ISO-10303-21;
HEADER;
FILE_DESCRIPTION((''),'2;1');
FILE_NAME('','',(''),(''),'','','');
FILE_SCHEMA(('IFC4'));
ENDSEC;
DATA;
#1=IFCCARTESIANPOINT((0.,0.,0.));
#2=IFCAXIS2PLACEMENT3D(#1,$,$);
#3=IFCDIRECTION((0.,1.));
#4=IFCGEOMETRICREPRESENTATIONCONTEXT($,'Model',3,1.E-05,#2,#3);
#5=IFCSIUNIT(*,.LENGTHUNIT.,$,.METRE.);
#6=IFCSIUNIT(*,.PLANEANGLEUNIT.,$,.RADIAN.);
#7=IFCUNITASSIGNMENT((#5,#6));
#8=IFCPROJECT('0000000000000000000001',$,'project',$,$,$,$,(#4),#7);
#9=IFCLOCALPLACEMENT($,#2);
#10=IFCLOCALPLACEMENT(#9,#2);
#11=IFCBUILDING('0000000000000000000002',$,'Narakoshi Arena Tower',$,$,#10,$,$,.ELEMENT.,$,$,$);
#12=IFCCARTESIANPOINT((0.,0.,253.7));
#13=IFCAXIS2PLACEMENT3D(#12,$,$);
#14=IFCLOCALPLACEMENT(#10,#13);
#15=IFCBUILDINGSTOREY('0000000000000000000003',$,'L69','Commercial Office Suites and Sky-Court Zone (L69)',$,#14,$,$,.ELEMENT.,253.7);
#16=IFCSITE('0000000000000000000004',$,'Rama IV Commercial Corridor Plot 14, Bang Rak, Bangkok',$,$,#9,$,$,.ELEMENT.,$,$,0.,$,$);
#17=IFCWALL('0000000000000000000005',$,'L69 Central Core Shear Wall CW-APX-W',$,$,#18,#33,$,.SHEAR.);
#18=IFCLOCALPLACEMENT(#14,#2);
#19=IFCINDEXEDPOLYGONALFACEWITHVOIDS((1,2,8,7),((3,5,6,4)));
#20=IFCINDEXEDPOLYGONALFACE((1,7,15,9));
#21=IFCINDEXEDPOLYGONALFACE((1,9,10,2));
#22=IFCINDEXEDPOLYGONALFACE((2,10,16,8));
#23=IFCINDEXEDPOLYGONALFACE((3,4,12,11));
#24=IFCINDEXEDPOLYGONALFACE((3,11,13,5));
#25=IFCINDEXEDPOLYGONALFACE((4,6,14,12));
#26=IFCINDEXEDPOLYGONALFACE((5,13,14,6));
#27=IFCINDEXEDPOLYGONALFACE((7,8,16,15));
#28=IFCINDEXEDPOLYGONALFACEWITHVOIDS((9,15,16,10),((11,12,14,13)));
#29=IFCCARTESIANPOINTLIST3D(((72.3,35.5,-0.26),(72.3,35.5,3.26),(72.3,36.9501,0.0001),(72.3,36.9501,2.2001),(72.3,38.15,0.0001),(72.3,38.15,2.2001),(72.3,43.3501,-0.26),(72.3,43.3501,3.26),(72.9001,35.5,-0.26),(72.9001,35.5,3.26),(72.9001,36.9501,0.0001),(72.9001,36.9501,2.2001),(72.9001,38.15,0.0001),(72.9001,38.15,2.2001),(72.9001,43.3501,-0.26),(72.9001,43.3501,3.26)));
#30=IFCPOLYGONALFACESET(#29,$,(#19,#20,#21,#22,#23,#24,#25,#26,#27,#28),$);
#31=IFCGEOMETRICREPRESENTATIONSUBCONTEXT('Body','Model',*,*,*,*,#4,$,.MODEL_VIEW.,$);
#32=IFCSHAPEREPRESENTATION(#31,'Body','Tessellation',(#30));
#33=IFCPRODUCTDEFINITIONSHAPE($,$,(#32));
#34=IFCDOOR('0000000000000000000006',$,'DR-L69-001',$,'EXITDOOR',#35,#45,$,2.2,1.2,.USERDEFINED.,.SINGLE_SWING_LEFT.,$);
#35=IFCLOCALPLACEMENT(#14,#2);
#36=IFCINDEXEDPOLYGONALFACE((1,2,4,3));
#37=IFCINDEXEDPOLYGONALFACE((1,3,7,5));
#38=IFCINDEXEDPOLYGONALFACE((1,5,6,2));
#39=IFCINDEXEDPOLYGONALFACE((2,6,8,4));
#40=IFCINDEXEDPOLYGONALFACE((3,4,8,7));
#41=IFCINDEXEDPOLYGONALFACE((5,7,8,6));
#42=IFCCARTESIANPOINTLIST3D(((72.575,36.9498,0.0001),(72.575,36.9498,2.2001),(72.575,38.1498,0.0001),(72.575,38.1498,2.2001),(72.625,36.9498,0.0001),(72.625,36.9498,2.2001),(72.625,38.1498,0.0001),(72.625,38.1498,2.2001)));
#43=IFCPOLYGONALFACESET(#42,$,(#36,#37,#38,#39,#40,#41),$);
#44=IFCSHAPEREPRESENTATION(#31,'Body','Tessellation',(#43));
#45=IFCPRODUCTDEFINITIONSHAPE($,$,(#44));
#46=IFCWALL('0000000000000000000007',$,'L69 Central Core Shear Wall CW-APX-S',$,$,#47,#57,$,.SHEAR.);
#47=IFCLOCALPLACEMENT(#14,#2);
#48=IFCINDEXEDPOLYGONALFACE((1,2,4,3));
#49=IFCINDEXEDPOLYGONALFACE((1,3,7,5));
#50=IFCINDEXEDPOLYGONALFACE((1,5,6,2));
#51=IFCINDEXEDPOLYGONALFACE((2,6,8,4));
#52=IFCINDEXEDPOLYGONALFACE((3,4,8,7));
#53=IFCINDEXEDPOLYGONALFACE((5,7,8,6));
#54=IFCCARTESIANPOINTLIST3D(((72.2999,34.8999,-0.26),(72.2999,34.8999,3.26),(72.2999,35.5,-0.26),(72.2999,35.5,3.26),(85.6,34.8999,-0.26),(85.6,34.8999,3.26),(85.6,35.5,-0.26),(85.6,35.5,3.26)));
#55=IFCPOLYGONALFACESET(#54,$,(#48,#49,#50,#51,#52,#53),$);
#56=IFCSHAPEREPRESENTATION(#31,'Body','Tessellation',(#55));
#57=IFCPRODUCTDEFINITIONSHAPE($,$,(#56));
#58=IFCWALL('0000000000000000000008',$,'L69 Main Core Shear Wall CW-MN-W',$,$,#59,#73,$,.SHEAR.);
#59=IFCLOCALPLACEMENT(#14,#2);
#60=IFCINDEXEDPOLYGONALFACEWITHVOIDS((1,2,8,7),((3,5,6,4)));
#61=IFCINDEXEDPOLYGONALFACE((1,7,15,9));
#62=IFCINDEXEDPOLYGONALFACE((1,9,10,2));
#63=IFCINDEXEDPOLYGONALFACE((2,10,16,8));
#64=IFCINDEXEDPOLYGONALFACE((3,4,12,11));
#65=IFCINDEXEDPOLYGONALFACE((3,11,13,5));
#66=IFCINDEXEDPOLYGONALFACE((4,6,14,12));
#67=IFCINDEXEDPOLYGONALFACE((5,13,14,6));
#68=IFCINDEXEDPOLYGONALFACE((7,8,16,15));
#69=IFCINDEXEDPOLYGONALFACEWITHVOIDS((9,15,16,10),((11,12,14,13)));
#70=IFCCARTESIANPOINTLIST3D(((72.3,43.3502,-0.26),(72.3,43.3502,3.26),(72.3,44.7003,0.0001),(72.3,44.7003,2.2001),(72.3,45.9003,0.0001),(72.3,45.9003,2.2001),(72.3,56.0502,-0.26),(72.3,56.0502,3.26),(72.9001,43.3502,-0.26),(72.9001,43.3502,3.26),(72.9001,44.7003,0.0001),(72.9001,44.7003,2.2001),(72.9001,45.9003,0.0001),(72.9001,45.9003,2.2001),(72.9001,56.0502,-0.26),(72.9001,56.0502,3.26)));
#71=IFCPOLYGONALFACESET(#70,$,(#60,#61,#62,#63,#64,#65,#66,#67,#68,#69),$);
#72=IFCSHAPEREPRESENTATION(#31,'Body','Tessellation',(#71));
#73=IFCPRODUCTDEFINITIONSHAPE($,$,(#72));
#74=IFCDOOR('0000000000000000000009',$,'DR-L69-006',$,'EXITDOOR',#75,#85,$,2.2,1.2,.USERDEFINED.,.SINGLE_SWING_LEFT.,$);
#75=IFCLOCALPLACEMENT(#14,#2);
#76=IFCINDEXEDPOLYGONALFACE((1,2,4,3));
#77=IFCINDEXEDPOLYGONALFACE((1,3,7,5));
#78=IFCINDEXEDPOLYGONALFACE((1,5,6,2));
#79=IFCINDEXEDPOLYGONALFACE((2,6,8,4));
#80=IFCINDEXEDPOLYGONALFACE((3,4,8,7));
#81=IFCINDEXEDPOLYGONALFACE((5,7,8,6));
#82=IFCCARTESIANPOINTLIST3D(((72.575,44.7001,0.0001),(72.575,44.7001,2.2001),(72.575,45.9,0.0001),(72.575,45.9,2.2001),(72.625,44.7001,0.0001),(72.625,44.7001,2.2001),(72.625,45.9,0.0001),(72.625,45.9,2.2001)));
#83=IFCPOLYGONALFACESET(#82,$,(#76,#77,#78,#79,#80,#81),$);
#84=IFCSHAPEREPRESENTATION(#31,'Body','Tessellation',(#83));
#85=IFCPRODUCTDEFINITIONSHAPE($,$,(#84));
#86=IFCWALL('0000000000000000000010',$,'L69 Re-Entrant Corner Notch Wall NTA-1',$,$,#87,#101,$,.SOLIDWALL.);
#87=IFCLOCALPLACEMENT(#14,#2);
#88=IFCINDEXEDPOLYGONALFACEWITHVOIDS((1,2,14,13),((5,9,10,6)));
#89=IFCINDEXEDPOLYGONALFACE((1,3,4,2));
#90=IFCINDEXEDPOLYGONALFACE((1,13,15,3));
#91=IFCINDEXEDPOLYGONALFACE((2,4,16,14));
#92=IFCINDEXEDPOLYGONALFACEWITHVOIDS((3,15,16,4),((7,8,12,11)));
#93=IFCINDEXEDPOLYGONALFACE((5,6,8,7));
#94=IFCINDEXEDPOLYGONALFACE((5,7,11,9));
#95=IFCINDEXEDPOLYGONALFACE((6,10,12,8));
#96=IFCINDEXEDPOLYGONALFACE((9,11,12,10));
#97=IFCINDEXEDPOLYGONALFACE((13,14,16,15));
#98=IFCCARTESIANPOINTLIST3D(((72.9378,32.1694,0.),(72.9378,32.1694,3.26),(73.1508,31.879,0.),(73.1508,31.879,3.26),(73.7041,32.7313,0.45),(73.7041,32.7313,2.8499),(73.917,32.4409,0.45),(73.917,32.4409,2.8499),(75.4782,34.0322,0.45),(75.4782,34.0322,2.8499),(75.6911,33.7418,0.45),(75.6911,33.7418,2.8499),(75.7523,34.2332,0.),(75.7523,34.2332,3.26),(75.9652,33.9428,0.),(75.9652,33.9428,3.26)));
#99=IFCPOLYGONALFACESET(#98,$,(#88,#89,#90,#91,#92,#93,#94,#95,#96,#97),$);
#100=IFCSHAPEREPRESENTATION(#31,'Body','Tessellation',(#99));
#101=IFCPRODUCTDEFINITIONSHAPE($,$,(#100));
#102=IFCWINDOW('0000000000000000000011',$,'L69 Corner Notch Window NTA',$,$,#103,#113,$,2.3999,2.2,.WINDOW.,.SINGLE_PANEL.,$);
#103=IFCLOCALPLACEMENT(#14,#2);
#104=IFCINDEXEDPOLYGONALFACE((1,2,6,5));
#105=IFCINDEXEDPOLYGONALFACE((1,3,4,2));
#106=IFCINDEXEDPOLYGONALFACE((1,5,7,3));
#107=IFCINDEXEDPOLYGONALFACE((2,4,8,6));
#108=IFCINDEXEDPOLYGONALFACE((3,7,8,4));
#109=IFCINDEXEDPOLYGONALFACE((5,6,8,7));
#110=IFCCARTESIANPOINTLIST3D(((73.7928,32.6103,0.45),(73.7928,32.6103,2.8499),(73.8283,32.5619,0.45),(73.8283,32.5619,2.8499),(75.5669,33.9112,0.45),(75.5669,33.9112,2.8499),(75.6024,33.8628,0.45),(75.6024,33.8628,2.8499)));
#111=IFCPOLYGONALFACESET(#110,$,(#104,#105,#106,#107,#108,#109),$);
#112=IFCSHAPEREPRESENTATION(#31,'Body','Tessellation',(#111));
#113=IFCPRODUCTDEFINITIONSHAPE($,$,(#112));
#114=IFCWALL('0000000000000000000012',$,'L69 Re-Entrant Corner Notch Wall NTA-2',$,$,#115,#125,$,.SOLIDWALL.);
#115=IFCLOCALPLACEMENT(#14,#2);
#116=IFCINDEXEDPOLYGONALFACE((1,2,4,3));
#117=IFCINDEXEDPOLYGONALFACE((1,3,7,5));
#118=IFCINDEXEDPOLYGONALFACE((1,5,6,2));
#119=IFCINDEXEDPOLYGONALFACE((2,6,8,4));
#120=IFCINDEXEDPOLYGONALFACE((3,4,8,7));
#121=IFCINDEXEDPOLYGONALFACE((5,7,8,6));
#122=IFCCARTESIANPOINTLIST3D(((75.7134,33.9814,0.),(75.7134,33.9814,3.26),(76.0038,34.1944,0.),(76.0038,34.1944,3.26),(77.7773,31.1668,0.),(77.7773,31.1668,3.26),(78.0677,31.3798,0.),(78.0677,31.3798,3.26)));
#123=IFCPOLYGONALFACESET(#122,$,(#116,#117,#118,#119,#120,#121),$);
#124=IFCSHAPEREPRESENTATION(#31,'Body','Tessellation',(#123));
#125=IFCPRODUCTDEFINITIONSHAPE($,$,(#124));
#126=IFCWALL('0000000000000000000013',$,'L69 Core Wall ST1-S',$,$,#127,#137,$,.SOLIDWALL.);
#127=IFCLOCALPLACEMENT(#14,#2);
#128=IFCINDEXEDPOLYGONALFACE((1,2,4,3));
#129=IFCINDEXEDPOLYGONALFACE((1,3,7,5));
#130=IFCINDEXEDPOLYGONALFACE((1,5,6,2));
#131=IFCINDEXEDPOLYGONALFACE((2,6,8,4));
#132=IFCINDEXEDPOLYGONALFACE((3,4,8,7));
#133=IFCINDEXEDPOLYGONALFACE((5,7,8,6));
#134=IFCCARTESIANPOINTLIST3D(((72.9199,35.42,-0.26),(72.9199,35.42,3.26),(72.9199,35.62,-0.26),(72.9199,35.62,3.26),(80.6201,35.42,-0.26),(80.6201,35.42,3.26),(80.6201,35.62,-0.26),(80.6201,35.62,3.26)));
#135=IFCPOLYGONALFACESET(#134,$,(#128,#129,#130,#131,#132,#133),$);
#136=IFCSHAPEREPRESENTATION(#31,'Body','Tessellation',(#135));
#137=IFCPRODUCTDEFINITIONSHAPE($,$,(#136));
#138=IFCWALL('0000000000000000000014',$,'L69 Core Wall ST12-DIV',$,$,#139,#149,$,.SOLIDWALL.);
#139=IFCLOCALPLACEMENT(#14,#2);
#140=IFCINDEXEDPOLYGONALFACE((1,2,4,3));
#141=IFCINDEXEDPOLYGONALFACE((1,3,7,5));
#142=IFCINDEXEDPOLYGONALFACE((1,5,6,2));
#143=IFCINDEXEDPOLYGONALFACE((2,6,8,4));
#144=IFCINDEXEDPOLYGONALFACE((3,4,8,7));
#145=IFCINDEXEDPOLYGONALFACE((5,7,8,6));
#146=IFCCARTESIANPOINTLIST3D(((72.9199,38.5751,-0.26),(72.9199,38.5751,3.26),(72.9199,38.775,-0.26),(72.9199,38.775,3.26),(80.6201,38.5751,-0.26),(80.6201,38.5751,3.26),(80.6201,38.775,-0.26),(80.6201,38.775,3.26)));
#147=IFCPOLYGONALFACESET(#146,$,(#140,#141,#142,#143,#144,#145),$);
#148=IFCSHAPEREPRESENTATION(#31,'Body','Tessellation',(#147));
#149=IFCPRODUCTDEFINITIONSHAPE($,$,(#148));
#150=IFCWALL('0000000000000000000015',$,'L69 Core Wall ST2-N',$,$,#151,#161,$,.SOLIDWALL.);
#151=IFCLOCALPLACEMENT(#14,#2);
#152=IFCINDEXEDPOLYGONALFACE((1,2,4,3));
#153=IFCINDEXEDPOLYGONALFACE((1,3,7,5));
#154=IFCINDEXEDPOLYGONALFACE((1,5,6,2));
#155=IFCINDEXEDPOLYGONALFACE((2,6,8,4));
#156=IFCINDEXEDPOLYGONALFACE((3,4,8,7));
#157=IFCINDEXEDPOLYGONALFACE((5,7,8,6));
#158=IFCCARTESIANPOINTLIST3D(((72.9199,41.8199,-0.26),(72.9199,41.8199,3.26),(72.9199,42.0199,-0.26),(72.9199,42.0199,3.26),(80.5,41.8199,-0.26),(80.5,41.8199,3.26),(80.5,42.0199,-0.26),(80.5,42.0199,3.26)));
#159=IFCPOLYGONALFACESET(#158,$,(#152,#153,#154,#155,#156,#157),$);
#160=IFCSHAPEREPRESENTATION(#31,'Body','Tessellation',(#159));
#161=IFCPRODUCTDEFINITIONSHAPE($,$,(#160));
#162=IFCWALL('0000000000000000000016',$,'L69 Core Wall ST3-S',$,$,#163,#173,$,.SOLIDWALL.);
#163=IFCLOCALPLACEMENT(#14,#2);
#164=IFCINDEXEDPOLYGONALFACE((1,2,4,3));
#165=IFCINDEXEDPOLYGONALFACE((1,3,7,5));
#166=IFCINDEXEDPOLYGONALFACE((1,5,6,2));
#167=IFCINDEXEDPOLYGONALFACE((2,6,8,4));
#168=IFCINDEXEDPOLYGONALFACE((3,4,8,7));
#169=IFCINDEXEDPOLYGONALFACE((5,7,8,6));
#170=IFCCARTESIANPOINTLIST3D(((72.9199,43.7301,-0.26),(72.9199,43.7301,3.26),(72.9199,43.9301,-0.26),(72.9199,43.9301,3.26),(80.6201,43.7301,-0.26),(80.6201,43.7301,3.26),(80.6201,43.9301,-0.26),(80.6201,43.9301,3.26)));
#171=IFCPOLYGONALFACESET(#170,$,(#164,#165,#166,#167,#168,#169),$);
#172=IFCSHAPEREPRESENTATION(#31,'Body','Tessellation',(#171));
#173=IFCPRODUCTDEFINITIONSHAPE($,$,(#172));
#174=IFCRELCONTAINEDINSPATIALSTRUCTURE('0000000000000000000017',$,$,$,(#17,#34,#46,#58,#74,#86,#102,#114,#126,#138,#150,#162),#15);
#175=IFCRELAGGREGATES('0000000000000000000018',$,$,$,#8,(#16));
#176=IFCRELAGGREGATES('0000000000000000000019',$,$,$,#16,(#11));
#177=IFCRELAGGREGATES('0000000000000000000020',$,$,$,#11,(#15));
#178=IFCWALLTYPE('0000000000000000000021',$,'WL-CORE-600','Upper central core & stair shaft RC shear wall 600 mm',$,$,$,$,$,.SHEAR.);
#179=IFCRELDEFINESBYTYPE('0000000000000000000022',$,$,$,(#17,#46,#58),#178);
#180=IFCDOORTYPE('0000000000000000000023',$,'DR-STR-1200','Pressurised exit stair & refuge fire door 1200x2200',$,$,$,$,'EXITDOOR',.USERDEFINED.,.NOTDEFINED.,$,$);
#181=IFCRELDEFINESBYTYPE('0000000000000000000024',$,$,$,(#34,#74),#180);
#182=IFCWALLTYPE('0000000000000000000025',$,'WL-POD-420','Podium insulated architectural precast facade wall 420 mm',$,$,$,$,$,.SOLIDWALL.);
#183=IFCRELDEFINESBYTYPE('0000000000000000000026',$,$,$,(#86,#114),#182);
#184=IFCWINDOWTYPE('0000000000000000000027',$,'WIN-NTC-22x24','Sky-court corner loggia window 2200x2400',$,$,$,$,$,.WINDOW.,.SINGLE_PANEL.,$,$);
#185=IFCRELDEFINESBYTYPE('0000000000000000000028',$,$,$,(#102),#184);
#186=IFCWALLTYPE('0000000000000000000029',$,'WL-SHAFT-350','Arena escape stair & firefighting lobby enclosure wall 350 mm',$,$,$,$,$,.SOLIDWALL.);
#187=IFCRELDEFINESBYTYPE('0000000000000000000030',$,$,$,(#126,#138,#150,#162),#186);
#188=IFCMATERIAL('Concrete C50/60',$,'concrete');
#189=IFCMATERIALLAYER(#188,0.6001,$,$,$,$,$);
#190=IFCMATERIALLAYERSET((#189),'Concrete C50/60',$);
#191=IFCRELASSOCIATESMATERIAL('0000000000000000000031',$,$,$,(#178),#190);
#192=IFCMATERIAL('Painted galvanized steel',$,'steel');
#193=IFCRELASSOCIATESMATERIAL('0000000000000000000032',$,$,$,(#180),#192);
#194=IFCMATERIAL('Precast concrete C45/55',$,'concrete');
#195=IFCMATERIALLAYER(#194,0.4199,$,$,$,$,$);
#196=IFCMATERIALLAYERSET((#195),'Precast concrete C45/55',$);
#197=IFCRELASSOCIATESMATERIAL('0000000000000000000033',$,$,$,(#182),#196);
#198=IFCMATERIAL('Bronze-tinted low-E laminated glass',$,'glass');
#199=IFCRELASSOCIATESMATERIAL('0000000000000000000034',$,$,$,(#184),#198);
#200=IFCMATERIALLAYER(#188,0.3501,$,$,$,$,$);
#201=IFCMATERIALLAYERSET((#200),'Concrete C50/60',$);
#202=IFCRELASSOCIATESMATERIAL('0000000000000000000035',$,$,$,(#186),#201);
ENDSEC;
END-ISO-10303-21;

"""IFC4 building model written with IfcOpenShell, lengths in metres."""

from ifc_helpers import new_model, si_unit, direction, frame, frame_2d, origin, place, context, subcontext, project, spatial, rectangle, extrude, material, layer, layer_set, type_object, element, fill, save


model = new_model("IFC4")

# Units and contexts
model_context = context("Model", 3, precision=1e-05, world=origin(), true_north=direction((0.0, 1.0)))
body_context = subcontext(model_context, "Body", "Model", "MODEL_VIEW")
ifc_project = project(units=[si_unit("LENGTHUNIT", "METRE"), si_unit("PLANEANGLEUNIT", "RADIAN")], contexts=[model_context])

# Site, building, storey
site_placement = place(None, origin())
site = spatial("IfcSite", under=ifc_project, at=site_placement, Name="Rama IV Commercial Corridor Plot 14, Bang Rak, Bangkok", CompositionType="ELEMENT", RefElevation=0.0)
building_placement = place(site_placement, origin())
building = spatial("IfcBuilding", under=site, at=building_placement, Name="Narakoshi Arena Tower", CompositionType="ELEMENT")
storey_placement = place(building_placement, frame((0.0, 0.0, 253.7)))
storey = spatial("IfcBuildingStorey", under=building, at=storey_placement, Name="L69", Description="Commercial Office Suites and Sky-Court Zone (L69)", CompositionType="ELEMENT", Elevation=253.7)

# Wall, opening, door
ifc_material_1 = material(Name="Concrete C50/60", Category="concrete")
ifc_layer_1 = layer(ifc_material_1, 0.6001)
ifc_layer_set_1 = layer_set([ifc_layer_1], Name="Concrete C50/60")
wall_type_1 = type_object("IfcWallType", Name="WL-CORE-600", Description="Upper central core & stair shaft RC shear wall 600 mm", PredefinedType="SHEAR", material=ifc_layer_set_1)
wall_1_placement = place(storey_placement, frame((72.6001, 35.5, -0.26), z_axis=(0.0, 0.0, 1.0), x_axis=(0.0, 1.0, 0.0)))
wall_1 = element("IfcWall", 1, at=wall_1_placement, inside=storey, type_object=wall_type_1, Name="L69 Central Core Shear Wall CW-APX-W", PredefinedType="SHEAR", context=body_context, shape_type="SweptSolid", body=[
    extrude(rectangle(XDim=7.8501, YDim=0.6001, at=frame_2d((3.925, 0.0))), origin(), (0.0, 0.0, 1.0), 3.52),
])
opening_1_placement = place(wall_1_placement, frame((1.45, 0.0, 0.26)))
opening_1 = element("IfcOpeningElement", 2, at=opening_1_placement, cuts=wall_1, PredefinedType="OPENING", context=body_context, shape_type="SweptSolid", body=[
    extrude(rectangle(XDim=1.2, YDim=2.2, at=frame_2d((0.6001, 1.1001))), frame((0.0, 0.3101, 0.0), z_axis=(0.0, -1.0, 0.0), x_axis=(1.0, 0.0, 0.0)), (0.0, 0.0, 1.0), 0.6201),
])
ifc_material_2 = material(Name="Painted galvanized steel", Category="steel")
door_type = type_object("IfcDoorType", Name="DR-STR-1200", Description="Pressurised exit stair & refuge fire door 1200x2200", ElementType="EXITDOOR", OperationType="NOTDEFINED", PredefinedType="USERDEFINED", material=ifc_material_2)
door_1_placement = place(opening_1_placement, frame((1.2, 0.0, 0.0), z_axis=(0.0, 0.0, 1.0), x_axis=(-1.0, 0.0, 0.0)))
door_1 = element("IfcDoor", 3, at=door_1_placement, inside=storey, type_object=door_type, Name="DR-L69-001", ObjectType="EXITDOOR", OperationType="SINGLE_SWING_LEFT", OverallHeight=2.2, OverallWidth=1.2, PredefinedType="USERDEFINED", context=body_context, shape_type="SweptSolid", body=[
    extrude(rectangle(XDim=1.2, YDim=2.2, at=frame_2d((0.6001, 1.1001))), frame((0.0, 0.0249, 0.0), z_axis=(0.0, -1.0, 0.0), x_axis=(1.0, 0.0, 0.0)), (0.0, 0.0, 1.0), 0.05),
])
fill(opening_1, door_1)

# Wall
wall_2_placement = place(storey_placement, frame((72.3, 35.2, -0.26), z_axis=(0.0, 0.0, 1.0), x_axis=(1.0, 0.0, 0.0)))
element("IfcWall", 4, at=wall_2_placement, inside=storey, type_object=wall_type_1, Name="L69 Central Core Shear Wall CW-APX-S", PredefinedType="SHEAR", context=body_context, shape_type="SweptSolid", body=[
    extrude(rectangle(XDim=13.3, YDim=0.6001, at=frame_2d((6.6499, 0.0))), origin(), (0.0, 0.0, 1.0), 3.52),
])

# Wall, opening, door
wall_3_placement = place(storey_placement, frame((72.6001, 43.3501, -0.26), z_axis=(0.0, 0.0, 1.0), x_axis=(0.0, 1.0, 0.0)))
wall_3 = element("IfcWall", 5, at=wall_3_placement, inside=storey, type_object=wall_type_1, Name="L69 Main Core Shear Wall CW-MN-W", PredefinedType="SHEAR", context=body_context, shape_type="SweptSolid", body=[
    extrude(rectangle(XDim=12.7, YDim=0.6001, at=frame_2d((6.3501, 0.0))), origin(), (0.0, 0.0, 1.0), 3.52),
])
opening_2_placement = place(wall_3_placement, frame((1.3501, 0.0, 0.26)))
opening_2 = element("IfcOpeningElement", 6, at=opening_2_placement, cuts=wall_3, PredefinedType="OPENING", context=body_context, shape_type="SweptSolid", body=[
    extrude(rectangle(XDim=1.2, YDim=2.2, at=frame_2d((0.6001, 1.1001))), frame((0.0, 0.3101, 0.0), z_axis=(0.0, -1.0, 0.0), x_axis=(1.0, 0.0, 0.0)), (0.0, 0.0, 1.0), 0.6201),
])
door_2_placement = place(opening_2_placement, frame((1.2, 0.0, 0.0), z_axis=(0.0, 0.0, 1.0), x_axis=(-1.0, 0.0, 0.0)))
door_2 = element("IfcDoor", 7, at=door_2_placement, inside=storey, type_object=door_type, Name="DR-L69-006", ObjectType="EXITDOOR", OperationType="SINGLE_SWING_LEFT", OverallHeight=2.2, OverallWidth=1.2, PredefinedType="USERDEFINED", context=body_context, shape_type="SweptSolid", body=[
    extrude(rectangle(XDim=1.2, YDim=2.2, at=frame_2d((0.6001, 1.1001))), frame((0.0, 0.0249, 0.0), z_axis=(0.0, -1.0, 0.0), x_axis=(1.0, 0.0, 0.0)), (0.0, 0.0, 1.0), 0.05),
])
fill(opening_2, door_2)

# Wall, opening, window
ifc_material_3 = material(Name="Precast concrete C45/55", Category="concrete")
ifc_layer_2 = layer(ifc_material_3, 0.4199)
ifc_layer_set_2 = layer_set([ifc_layer_2], Name="Precast concrete C45/55")
wall_type_2 = type_object("IfcWallType", Name="WL-POD-420", Description="Podium insulated architectural precast facade wall 420 mm", PredefinedType="SOLIDWALL", material=ifc_layer_set_2)
wall_4_placement = place(storey_placement, frame((73.0442, 32.0242, 0.0), z_axis=(0.0, 0.0, 1.0), x_axis=(0.806434, 0.591324, 0.0)))
wall_4 = element("IfcWall", 8, at=wall_4_placement, inside=storey, type_object=wall_type_2, Name="L69 Re-Entrant Corner Notch Wall NTA-1", PredefinedType="SOLIDWALL", context=body_context, shape_type="SweptSolid", body=[
    extrude(rectangle(XDim=3.49, YDim=0.3601, at=frame_2d((1.7451, 0.0))), origin(), (0.0, 0.0, 1.0), 3.26),
])
opening_3_placement = place(wall_4_placement, frame((0.9502, 0.0, 0.45)))
opening_3 = element("IfcOpeningElement", 9, at=opening_3_placement, cuts=wall_4, PredefinedType="OPENING", context=body_context, shape_type="SweptSolid", body=[
    extrude(rectangle(XDim=2.2, YDim=2.3999, at=frame_2d((1.1001, 1.2))), frame((0.0, 0.1899, 0.0), z_axis=(0.0, -1.0, 0.0), x_axis=(1.0, 0.0, 0.0)), (0.0, 0.0, 1.0), 0.3801),
])
ifc_material_4 = material(Name="Bronze-tinted low-E laminated glass", Category="glass")
window_type = type_object("IfcWindowType", Name="WIN-NTC-22x24", Description="Sky-court corner loggia window 2200x2400", PartitioningType="SINGLE_PANEL", PredefinedType="WINDOW", material=ifc_material_4)
window_placement = place(opening_3_placement, origin())
window = element("IfcWindow", 10, at=window_placement, inside=storey, type_object=window_type, Name="L69 Corner Notch Window NTA", OverallHeight=2.3999, OverallWidth=2.2, PartitioningType="SINGLE_PANEL", PredefinedType="WINDOW", context=body_context, shape_type="SweptSolid", body=[
    extrude(rectangle(XDim=2.2, YDim=2.3999, at=frame_2d((1.1001, 1.2))), frame((0.0, 0.03, 0.0), z_axis=(0.0, -1.0, 0.0), x_axis=(1.0, 0.0, 0.0)), (0.0, 0.0, 1.0), 0.0601),
])
fill(opening_3, window)

# Walls
wall_5_placement = place(storey_placement, frame((75.8586, 34.0879, 0.0), z_axis=(0.0, 0.0, 1.0), x_axis=(0.591336, -0.806425, 0.0)))
element("IfcWall", 11, at=wall_5_placement, inside=storey, type_object=wall_type_2, Name="L69 Re-Entrant Corner Notch Wall NTA-2", PredefinedType="SOLIDWALL", context=body_context, shape_type="SweptSolid", body=[
    extrude(rectangle(XDim=3.4902, YDim=0.3601, at=frame_2d((1.7451, 0.0))), origin(), (0.0, 0.0, 1.0), 3.26),
])
ifc_layer_3 = layer(ifc_material_1, 0.3501)
ifc_layer_set_3 = layer_set([ifc_layer_3], Name="Concrete C50/60")
wall_type_3 = type_object("IfcWallType", Name="WL-SHAFT-350", Description="Arena escape stair & firefighting lobby enclosure wall 350 mm", PredefinedType="SOLIDWALL", material=ifc_layer_set_3)
for number, where, z_axis, x_axis, name in (
    (12, (72.9199, 35.52, -0.26), (0.0, 0.0, 1.0), (1.0, 0.0, 0.0), "L69 Core Wall ST1-S"),
    (13, (72.9199, 38.675, -0.26), (0.0, 0.0, 1.0), (1.0, 0.0, 0.0), "L69 Core Wall ST12-DIV"),
):
    element("IfcWall", number, at=place(storey_placement, frame(where, z_axis=z_axis, x_axis=x_axis)), inside=storey, type_object=wall_type_3, Name=name, PredefinedType="SOLIDWALL", context=body_context, shape_type="SweptSolid", body=[
        extrude(rectangle(XDim=7.7002, YDim=0.2, at=frame_2d((3.8501, 0.0))), origin(), (0.0, 0.0, 1.0), 3.52),
    ])
wall_6_placement = place(storey_placement, frame((72.9199, 41.9199, -0.26), z_axis=(0.0, 0.0, 1.0), x_axis=(1.0, 0.0, 0.0)))
element("IfcWall", 14, at=wall_6_placement, inside=storey, type_object=wall_type_3, Name="L69 Core Wall ST2-N", PredefinedType="SOLIDWALL", context=body_context, shape_type="SweptSolid", body=[
    extrude(rectangle(XDim=7.5801, YDim=0.2, at=frame_2d((3.79, 0.0))), origin(), (0.0, 0.0, 1.0), 3.52),
])
wall_7_placement = place(storey_placement, frame((72.9199, 43.8301, -0.26), z_axis=(0.0, 0.0, 1.0), x_axis=(1.0, 0.0, 0.0)))
element("IfcWall", 15, at=wall_7_placement, inside=storey, type_object=wall_type_3, Name="L69 Core Wall ST3-S", PredefinedType="SOLIDWALL", context=body_context, shape_type="SweptSolid", body=[
    extrude(rectangle(XDim=7.7002, YDim=0.2, at=frame_2d((3.8501, 0.0))), origin(), (0.0, 0.0, 1.0), 3.52),
])

save(model, "model.ifc")
